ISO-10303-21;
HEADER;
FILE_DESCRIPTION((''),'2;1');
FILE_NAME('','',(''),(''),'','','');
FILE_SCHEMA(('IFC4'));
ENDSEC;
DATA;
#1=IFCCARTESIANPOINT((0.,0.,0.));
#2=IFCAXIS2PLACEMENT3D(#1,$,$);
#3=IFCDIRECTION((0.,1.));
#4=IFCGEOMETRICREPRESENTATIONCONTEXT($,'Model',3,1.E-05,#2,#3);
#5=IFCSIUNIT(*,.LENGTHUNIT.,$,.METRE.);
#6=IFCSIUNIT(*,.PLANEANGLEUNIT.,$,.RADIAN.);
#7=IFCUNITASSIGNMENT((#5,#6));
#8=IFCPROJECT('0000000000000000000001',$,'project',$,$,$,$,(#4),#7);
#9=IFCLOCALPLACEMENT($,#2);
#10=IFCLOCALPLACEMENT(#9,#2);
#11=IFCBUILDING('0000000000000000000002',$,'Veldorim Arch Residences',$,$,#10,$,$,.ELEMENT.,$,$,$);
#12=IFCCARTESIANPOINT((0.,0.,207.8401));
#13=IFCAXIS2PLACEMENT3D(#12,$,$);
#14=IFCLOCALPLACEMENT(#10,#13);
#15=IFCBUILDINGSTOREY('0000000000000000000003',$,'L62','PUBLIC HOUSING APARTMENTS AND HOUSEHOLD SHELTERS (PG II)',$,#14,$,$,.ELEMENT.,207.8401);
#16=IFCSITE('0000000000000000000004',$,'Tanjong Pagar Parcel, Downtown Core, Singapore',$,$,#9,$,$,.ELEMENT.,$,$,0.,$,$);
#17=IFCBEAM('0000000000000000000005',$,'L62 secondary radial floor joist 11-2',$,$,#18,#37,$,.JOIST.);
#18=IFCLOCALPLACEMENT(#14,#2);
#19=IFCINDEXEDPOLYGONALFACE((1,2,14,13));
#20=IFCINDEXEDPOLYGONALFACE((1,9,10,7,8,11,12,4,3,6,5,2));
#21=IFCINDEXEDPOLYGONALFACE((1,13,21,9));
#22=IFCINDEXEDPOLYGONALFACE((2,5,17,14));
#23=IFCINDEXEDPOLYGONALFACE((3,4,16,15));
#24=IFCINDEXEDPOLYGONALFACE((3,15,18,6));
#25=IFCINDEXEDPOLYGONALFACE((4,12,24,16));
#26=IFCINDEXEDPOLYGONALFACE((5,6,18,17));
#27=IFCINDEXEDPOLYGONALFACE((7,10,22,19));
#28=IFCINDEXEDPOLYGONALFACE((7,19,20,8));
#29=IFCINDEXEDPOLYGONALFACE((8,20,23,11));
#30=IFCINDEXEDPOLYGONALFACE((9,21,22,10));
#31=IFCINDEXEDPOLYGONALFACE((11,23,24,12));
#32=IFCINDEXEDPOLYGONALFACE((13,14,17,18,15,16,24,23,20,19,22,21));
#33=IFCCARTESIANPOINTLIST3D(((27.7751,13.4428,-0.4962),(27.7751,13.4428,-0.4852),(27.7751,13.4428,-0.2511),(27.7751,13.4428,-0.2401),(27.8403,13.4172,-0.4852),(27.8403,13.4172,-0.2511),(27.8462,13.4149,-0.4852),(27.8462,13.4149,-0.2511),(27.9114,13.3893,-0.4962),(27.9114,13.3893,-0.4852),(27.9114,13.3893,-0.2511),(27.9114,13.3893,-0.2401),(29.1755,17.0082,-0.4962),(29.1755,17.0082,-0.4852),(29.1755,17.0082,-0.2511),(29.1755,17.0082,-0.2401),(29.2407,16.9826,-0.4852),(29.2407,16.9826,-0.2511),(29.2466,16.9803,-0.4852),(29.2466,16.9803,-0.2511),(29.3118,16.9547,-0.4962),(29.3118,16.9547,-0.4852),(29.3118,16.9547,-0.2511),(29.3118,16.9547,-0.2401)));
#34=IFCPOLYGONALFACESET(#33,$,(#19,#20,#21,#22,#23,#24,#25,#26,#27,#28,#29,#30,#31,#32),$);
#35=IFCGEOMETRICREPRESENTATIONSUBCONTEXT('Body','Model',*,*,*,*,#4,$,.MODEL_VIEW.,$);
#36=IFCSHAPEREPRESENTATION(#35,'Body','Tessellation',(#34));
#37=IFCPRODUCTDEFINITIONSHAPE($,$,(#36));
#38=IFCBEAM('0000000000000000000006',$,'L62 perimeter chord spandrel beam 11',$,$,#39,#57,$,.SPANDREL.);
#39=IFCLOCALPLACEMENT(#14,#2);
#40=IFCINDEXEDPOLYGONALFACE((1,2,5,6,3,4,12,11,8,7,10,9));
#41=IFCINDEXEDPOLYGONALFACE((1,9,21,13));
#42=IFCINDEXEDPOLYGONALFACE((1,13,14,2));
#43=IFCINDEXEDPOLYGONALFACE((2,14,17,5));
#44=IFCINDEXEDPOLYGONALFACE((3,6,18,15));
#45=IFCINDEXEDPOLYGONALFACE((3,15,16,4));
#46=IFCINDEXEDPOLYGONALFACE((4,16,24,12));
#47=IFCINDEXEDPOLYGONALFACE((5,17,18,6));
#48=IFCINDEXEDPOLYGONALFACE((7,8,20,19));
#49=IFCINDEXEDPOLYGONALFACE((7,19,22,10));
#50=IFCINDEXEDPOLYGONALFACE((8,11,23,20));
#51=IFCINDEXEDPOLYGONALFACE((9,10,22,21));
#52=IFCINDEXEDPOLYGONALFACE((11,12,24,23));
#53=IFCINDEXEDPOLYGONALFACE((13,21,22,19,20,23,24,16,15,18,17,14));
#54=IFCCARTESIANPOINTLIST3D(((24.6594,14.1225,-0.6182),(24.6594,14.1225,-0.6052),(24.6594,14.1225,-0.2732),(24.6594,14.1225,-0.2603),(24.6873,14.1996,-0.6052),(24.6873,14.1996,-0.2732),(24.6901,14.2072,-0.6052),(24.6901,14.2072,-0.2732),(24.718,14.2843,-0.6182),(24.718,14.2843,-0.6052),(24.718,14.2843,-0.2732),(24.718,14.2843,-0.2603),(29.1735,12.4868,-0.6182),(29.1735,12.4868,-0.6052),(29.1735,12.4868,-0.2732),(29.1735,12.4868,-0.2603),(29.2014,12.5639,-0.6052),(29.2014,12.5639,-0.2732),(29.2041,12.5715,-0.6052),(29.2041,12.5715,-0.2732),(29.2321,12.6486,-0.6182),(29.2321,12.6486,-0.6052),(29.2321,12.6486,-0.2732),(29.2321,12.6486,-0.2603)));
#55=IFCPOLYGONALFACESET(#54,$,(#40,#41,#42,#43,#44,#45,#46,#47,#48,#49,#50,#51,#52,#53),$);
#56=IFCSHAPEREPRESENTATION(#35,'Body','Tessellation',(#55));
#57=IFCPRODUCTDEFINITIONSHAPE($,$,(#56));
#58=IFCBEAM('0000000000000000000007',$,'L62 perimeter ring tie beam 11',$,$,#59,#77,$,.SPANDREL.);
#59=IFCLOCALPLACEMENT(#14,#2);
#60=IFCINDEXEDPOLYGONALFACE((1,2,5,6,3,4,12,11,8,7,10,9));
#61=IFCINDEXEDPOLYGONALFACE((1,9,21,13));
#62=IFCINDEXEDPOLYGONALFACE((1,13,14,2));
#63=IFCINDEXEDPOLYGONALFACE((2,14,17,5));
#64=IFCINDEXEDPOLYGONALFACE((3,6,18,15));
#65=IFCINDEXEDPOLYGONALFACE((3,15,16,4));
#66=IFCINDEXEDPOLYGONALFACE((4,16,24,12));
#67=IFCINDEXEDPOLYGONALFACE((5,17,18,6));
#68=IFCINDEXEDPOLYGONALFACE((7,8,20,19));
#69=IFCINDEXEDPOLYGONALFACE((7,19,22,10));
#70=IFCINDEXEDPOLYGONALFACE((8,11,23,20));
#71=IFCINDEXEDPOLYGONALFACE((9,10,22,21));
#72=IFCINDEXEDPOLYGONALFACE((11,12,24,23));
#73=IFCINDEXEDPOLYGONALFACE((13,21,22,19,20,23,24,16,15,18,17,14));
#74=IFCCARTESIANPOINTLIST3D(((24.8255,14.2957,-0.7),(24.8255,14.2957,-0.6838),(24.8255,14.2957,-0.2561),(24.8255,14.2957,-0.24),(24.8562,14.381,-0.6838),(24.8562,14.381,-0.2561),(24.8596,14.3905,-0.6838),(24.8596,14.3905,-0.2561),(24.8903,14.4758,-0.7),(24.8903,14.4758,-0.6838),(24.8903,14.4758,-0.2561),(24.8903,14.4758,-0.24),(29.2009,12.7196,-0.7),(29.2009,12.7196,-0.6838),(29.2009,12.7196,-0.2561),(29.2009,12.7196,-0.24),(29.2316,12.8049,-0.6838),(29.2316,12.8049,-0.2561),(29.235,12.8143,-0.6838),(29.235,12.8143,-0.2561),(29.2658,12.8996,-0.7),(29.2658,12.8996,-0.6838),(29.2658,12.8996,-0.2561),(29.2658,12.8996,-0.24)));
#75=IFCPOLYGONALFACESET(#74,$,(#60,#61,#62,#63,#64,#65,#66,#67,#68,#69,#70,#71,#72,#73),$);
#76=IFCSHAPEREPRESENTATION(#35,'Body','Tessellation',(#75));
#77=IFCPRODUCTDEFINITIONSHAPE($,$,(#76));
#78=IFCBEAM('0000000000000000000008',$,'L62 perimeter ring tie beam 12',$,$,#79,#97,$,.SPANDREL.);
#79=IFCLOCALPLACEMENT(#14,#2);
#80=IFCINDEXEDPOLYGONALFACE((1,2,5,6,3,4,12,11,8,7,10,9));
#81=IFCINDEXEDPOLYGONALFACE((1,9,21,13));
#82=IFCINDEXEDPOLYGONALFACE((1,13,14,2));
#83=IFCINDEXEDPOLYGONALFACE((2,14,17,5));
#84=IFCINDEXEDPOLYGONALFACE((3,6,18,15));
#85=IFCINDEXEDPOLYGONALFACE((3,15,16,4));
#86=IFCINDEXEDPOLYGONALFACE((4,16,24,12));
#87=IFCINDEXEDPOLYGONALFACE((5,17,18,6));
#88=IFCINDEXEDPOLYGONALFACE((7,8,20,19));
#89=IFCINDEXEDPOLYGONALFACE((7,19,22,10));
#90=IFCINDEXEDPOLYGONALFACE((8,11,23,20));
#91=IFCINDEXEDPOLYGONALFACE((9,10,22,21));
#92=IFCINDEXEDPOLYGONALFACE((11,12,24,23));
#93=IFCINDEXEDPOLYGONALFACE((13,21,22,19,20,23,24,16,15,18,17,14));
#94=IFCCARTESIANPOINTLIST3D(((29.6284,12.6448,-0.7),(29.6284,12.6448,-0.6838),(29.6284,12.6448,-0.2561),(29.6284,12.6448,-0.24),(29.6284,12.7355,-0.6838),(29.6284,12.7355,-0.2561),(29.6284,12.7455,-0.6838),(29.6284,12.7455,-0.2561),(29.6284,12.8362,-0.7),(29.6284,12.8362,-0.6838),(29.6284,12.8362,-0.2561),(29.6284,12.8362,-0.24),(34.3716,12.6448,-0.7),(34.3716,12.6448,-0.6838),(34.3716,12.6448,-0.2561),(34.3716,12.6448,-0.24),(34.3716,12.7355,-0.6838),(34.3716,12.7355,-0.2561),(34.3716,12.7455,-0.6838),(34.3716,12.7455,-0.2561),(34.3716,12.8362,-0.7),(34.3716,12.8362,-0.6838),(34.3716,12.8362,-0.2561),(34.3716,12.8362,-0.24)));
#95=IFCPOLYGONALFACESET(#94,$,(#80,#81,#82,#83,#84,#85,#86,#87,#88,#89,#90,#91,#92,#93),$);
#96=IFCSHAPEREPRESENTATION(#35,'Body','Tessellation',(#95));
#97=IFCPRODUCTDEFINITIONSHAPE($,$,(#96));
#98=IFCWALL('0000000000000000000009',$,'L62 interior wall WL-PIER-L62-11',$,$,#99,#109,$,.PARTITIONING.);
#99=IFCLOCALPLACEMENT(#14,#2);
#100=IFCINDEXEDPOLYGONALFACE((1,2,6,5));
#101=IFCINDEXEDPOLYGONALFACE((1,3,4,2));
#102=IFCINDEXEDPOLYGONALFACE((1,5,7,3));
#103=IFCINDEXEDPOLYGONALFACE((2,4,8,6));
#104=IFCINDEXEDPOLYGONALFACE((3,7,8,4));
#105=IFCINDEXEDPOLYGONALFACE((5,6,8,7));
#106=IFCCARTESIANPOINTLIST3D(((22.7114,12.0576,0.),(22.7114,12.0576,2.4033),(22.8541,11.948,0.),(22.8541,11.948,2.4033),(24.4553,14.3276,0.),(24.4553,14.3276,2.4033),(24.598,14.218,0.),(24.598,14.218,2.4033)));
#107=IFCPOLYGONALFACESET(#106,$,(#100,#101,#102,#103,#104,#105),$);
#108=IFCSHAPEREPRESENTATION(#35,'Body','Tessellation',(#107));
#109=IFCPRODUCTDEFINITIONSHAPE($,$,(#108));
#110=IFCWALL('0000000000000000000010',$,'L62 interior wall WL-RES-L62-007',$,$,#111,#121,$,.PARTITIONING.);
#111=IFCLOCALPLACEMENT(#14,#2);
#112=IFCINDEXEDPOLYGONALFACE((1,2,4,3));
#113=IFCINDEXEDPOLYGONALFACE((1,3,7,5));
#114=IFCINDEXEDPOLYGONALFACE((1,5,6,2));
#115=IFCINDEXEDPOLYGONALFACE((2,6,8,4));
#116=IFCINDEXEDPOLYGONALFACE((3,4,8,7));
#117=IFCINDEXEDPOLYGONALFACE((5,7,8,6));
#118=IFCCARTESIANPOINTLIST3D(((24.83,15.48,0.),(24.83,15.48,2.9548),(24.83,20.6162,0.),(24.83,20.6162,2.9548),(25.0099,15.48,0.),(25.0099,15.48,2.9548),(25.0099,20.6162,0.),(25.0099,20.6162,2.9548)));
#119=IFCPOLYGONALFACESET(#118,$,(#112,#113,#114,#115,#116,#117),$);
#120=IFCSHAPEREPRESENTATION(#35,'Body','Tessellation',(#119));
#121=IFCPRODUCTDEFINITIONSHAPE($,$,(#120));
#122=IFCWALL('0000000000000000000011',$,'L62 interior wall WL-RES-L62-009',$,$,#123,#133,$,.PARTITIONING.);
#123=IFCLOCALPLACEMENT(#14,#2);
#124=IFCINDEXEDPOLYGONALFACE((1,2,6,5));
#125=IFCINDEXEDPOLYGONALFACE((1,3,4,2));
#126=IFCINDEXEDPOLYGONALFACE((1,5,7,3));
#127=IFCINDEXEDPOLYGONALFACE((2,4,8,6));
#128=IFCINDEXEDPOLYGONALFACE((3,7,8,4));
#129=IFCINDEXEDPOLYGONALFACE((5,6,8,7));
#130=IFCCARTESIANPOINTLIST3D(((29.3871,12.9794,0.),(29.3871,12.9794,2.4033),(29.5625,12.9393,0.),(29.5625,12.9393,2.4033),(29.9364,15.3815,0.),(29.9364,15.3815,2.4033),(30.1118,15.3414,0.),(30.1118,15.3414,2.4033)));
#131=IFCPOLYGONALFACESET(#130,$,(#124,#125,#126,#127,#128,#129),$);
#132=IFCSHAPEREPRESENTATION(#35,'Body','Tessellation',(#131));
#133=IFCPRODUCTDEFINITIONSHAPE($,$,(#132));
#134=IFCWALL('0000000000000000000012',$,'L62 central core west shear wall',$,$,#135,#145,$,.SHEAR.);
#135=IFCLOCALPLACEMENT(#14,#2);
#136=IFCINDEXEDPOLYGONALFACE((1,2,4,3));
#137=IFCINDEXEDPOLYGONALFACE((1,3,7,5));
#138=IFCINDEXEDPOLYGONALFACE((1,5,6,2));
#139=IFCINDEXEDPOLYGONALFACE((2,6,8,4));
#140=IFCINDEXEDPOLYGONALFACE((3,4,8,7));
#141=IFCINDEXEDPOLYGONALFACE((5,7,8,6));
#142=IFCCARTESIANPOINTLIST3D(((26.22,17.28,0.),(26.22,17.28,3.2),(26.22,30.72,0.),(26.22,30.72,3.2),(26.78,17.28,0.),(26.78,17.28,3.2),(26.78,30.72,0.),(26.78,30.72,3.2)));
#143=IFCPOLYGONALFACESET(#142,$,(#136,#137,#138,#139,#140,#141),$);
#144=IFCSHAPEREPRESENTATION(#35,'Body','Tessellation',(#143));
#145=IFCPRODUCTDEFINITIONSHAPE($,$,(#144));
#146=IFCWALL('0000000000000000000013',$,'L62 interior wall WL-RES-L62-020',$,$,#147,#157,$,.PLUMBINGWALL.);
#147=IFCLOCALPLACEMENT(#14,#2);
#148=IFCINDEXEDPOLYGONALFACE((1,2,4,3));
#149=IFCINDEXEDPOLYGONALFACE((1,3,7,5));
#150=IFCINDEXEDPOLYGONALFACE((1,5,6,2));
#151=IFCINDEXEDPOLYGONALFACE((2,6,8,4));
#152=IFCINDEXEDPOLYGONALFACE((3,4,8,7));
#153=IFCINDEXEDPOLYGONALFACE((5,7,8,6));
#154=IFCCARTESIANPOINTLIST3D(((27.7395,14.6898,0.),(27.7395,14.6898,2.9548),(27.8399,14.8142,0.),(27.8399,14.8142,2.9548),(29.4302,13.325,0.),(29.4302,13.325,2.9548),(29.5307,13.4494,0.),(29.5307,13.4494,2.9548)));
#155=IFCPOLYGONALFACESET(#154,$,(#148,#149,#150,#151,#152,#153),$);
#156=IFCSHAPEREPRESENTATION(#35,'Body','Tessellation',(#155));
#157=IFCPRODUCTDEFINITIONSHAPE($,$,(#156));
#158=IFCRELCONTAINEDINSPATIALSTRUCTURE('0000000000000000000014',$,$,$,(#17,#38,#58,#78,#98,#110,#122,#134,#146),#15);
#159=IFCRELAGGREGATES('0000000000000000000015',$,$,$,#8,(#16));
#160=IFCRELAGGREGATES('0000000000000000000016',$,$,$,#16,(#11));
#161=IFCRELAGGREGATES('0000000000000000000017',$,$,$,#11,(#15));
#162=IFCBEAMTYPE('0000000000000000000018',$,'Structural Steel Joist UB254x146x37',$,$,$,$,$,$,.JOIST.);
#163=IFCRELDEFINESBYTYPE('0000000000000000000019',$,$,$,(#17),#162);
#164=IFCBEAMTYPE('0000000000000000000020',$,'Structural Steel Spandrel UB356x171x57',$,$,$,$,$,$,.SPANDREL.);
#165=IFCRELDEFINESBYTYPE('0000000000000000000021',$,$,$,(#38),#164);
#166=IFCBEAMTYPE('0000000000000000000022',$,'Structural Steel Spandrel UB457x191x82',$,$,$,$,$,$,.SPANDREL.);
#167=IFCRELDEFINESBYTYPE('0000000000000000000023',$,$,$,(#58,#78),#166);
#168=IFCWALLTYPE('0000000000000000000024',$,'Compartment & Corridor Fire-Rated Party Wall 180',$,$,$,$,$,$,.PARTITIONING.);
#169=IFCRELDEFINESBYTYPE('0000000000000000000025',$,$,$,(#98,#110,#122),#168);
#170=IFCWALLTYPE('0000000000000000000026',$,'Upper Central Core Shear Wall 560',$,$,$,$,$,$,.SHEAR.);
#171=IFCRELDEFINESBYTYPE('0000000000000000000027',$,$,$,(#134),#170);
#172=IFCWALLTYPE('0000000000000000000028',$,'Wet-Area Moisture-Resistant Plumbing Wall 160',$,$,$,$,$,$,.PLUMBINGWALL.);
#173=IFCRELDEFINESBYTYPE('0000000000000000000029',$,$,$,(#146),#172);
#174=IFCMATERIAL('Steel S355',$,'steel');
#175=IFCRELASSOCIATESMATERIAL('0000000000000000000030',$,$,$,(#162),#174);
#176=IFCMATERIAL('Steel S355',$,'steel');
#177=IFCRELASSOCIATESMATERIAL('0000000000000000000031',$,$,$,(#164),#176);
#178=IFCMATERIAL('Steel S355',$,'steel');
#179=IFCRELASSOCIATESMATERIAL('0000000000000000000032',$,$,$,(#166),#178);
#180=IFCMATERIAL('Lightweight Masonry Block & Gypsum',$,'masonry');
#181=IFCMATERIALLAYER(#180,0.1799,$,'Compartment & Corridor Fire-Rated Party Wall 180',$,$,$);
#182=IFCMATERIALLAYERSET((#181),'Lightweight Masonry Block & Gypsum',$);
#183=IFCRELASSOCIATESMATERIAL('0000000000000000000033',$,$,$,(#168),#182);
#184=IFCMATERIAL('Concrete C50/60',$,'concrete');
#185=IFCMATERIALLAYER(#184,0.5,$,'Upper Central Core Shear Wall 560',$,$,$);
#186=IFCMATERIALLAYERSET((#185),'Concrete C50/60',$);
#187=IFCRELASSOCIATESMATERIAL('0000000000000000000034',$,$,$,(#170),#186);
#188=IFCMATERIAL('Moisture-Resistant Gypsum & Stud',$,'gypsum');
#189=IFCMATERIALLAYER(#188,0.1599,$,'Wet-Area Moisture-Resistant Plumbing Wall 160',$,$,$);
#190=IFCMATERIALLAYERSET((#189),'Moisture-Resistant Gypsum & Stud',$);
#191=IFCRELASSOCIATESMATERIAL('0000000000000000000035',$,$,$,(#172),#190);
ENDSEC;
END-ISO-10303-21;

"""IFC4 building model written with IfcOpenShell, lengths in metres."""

from ifc_helpers import new_model, si_unit, direction, frame, frame_2d, origin, origin_2d, place, context, subcontext, project, spatial, rectangle, i_section, extrude, material, layer, layer_set, material_profile, profile_set, type_object, element, save


model = new_model("IFC4")

# Units and contexts
model_context = context("Model", 3, precision=1e-05, world=origin(), true_north=direction((0.0, 1.0)))
body_context = subcontext(model_context, "Body", "Model", "MODEL_VIEW")
ifc_project = project(units=[si_unit("LENGTHUNIT", "METRE"), si_unit("PLANEANGLEUNIT", "RADIAN")], contexts=[model_context])

# Site, building, storey
site_placement = place(None, origin())
site = spatial("IfcSite", under=ifc_project, at=site_placement, Name="Tanjong Pagar Parcel, Downtown Core, Singapore", CompositionType="ELEMENT", RefElevation=0.0)
building_placement = place(site_placement, origin())
building = spatial("IfcBuilding", under=site, at=building_placement, Name="Veldorim Arch Residences", CompositionType="ELEMENT")
storey_placement = place(building_placement, frame((0.0, 0.0, 207.8401)))
storey = spatial("IfcBuildingStorey", under=building, at=storey_placement, Name="L62", Description="PUBLIC HOUSING APARTMENTS AND HOUSEHOLD SHELTERS (PG II)", CompositionType="ELEMENT", Elevation=207.8401)

# Beams
ifc_material_1 = material(Name="Steel S355", Category="steel")
ifc_material_profile_1 = material_profile(ifc_material_1, i_section(OverallWidth=0.1465, OverallDepth=0.2561, WebThickness=0.0063, FlangeThickness=0.011, at=origin_2d()), Name="UB254x146x37")
ifc_profile_set_1 = profile_set([ifc_material_profile_1], Name="Steel S355")
beam_type_1 = type_object("IfcBeamType", Name="Structural Steel Joist UB254x146x37", PredefinedType="JOIST", material=ifc_profile_set_1)
beam_1_placement = place(storey_placement, frame((29.2437, 16.9814, -0.3682), z_axis=(-0.365581, -0.930779, 0.0), x_axis=(0.930779, -0.365581, 0.0)))
element("IfcBeam", 1, at=beam_1_placement, inside=storey, type_object=beam_type_1, Name="L62 secondary radial floor joist 11-2", PredefinedType="JOIST", context=body_context, shape_type="SweptSolid", body=[
    extrude(i_section(OverallWidth=0.1465, OverallDepth=0.2561, WebThickness=0.0063, FlangeThickness=0.011, at=origin_2d()), origin(), (0.0, 0.0, 1.0), 3.8306),
])
ifc_material_2 = material(Name="Steel S355", Category="steel")
ifc_material_profile_2 = material_profile(ifc_material_2, i_section(OverallWidth=0.1721, OverallDepth=0.3579, WebThickness=0.0081, FlangeThickness=0.0129, at=origin_2d()), Name="UB356x171x57")
ifc_profile_set_2 = profile_set([ifc_material_profile_2], Name="Steel S355")
beam_type_2 = type_object("IfcBeamType", Name="Structural Steel Spandrel UB356x171x57", PredefinedType="SPANDREL", material=ifc_profile_set_2)
beam_2_placement = place(storey_placement, frame((24.6887, 14.2034, -0.4392), z_axis=(0.940179, -0.340681, 0.0), x_axis=(0.340681, 0.940179, 0.0)))
element("IfcBeam", 2, at=beam_2_placement, inside=storey, type_object=beam_type_2, Name="L62 perimeter chord spandrel beam 11", PredefinedType="SPANDREL", context=body_context, shape_type="SweptSolid", body=[
    extrude(i_section(OverallWidth=0.1721, OverallDepth=0.3579, WebThickness=0.0081, FlangeThickness=0.0129, at=origin_2d()), origin(), (0.0, 0.0, 1.0), 4.8013),
])
ifc_material_3 = material(Name="Steel S355", Category="steel")
ifc_material_profile_3 = material_profile(ifc_material_3, i_section(OverallWidth=0.1914, OverallDepth=0.46, WebThickness=0.01, FlangeThickness=0.0161, at=origin_2d()), Name="UB457x191x82")
ifc_profile_set_3 = profile_set([ifc_material_profile_3], Name="Steel S355")
beam_type_3 = type_object("IfcBeamType", Name="Structural Steel Spandrel UB457x191x82", PredefinedType="SPANDREL", material=ifc_profile_set_3)
beam_3_placement = place(storey_placement, frame((24.8579, 14.3857, -0.47), z_axis=(0.940819, -0.338909, 0.0), x_axis=(0.338909, 0.940819, 0.0)))
element("IfcBeam", 3, at=beam_3_placement, inside=storey, type_object=beam_type_3, Name="L62 perimeter ring tie beam 11", PredefinedType="SPANDREL", context=body_context, shape_type="SweptSolid", body=[
    extrude(i_section(OverallWidth=0.1914, OverallDepth=0.46, WebThickness=0.01, FlangeThickness=0.0161, at=origin_2d()), origin(), (0.0, 0.0, 1.0), 4.6506),
])
beam_4_placement = place(storey_placement, frame((29.6284, 12.7405, -0.47), z_axis=(1.0, 0.0, 0.0), x_axis=(0.0, 1.0, 0.0)))
element("IfcBeam", 4, at=beam_4_placement, inside=storey, type_object=beam_type_3, Name="L62 perimeter ring tie beam 12", PredefinedType="SPANDREL", context=body_context, shape_type="SweptSolid", body=[
    extrude(i_section(OverallWidth=0.1914, OverallDepth=0.46, WebThickness=0.01, FlangeThickness=0.0161, at=origin_2d()), origin(), (0.0, 0.0, 1.0), 4.7432),
])

# Walls
ifc_material_4 = material(Name="Lightweight Masonry Block & Gypsum", Category="masonry")
ifc_layer_1 = layer(ifc_material_4, 0.1799, Name="Compartment & Corridor Fire-Rated Party Wall 180")
ifc_layer_set_1 = layer_set([ifc_layer_1], Name="Lightweight Masonry Block & Gypsum")
wall_type_1 = type_object("IfcWallType", Name="Compartment & Corridor Fire-Rated Party Wall 180", PredefinedType="PARTITIONING", material=ifc_layer_set_1)
wall_1_placement = place(storey_placement, frame((24.5266, 14.2727, 0.0), z_axis=(0.0, 0.0, 1.0), x_axis=(-0.609212, -0.793007, 0.0)))
element("IfcWall", 5, at=wall_1_placement, inside=storey, type_object=wall_type_1, Name="L62 interior wall WL-PIER-L62-11", PredefinedType="PARTITIONING", context=body_context, shape_type="SweptSolid", body=[
    extrude(rectangle(XDim=2.8625, YDim=0.1799, at=frame_2d((1.4312, 0.0))), origin(), (0.0, 0.0, 1.0), 2.4033),
])
wall_2_placement = place(storey_placement, frame((24.9199, 15.48, 0.0), z_axis=(0.0, 0.0, 1.0), x_axis=(0.0, 1.0, 0.0)))
element("IfcWall", 6, at=wall_2_placement, inside=storey, type_object=wall_type_1, Name="L62 interior wall WL-RES-L62-007", PredefinedType="PARTITIONING", context=body_context, shape_type="SweptSolid", body=[
    extrude(rectangle(XDim=5.1362, YDim=0.1799, at=frame_2d((2.5681, 0.0))), origin(), (0.0, 0.0, 1.0), 2.9548),
])
wall_3_placement = place(storey_placement, frame((29.4749, 12.9595, 0.0), z_axis=(0.0, 0.0, 1.0), x_axis=(0.222927, 0.974835, 0.0)))
element("IfcWall", 7, at=wall_3_placement, inside=storey, type_object=wall_type_1, Name="L62 interior wall WL-RES-L62-009", PredefinedType="PARTITIONING", context=body_context, shape_type="SweptSolid", body=[
    extrude(rectangle(XDim=2.4641, YDim=0.1799, at=frame_2d((1.2319, 0.0))), origin(), (0.0, 0.0, 1.0), 2.4033),
])

# Shared definitions
ifc_material_5 = material(Name="Concrete C50/60", Category="concrete")
ifc_layer_2 = layer(ifc_material_5, 0.5, Name="Upper Central Core Shear Wall 560")
ifc_layer_set_2 = layer_set([ifc_layer_2], Name="Concrete C50/60")
wall_type_2 = type_object("IfcWallType", Name="Upper Central Core Shear Wall 560", PredefinedType="SHEAR", material=ifc_layer_set_2)

# Walls
wall_4_placement = place(storey_placement, frame((26.5, 17.28, 0.0), z_axis=(0.0, 0.0, 1.0), x_axis=(0.0, 1.0, 0.0)))
element("IfcWall", 8, at=wall_4_placement, inside=storey, type_object=wall_type_2, Name="L62 central core west shear wall", PredefinedType="SHEAR", context=body_context, shape_type="SweptSolid", body=[
    extrude(rectangle(XDim=13.4399, YDim=0.5601, at=frame_2d((6.72, 0.0))), origin(), (0.0, 0.0, 1.0), 3.2),
])
ifc_material_6 = material(Name="Moisture-Resistant Gypsum & Stud", Category="gypsum")
ifc_layer_3 = layer(ifc_material_6, 0.1599, Name="Wet-Area Moisture-Resistant Plumbing Wall 160")
ifc_layer_set_3 = layer_set([ifc_layer_3], Name="Moisture-Resistant Gypsum & Stud")
wall_type_3 = type_object("IfcWallType", Name="Wet-Area Moisture-Resistant Plumbing Wall 160", PredefinedType="PLUMBINGWALL", material=ifc_layer_set_3)
wall_5_placement = place(storey_placement, frame((29.4805, 13.3872, 0.0), z_axis=(0.0, 0.0, 1.0), x_axis=(-0.778121, 0.628115, 0.0)))
element("IfcWall", 9, at=wall_5_placement, inside=storey, type_object=wall_type_3, Name="L62 interior wall WL-RES-L62-020", PredefinedType="PLUMBINGWALL", context=body_context, shape_type="SweptSolid", body=[
    extrude(rectangle(XDim=2.1729, YDim=0.1599, at=frame_2d((1.0864, 0.0))), origin(), (0.0, 0.0, 1.0), 2.9548),
])

save(model, "model.ifc")
